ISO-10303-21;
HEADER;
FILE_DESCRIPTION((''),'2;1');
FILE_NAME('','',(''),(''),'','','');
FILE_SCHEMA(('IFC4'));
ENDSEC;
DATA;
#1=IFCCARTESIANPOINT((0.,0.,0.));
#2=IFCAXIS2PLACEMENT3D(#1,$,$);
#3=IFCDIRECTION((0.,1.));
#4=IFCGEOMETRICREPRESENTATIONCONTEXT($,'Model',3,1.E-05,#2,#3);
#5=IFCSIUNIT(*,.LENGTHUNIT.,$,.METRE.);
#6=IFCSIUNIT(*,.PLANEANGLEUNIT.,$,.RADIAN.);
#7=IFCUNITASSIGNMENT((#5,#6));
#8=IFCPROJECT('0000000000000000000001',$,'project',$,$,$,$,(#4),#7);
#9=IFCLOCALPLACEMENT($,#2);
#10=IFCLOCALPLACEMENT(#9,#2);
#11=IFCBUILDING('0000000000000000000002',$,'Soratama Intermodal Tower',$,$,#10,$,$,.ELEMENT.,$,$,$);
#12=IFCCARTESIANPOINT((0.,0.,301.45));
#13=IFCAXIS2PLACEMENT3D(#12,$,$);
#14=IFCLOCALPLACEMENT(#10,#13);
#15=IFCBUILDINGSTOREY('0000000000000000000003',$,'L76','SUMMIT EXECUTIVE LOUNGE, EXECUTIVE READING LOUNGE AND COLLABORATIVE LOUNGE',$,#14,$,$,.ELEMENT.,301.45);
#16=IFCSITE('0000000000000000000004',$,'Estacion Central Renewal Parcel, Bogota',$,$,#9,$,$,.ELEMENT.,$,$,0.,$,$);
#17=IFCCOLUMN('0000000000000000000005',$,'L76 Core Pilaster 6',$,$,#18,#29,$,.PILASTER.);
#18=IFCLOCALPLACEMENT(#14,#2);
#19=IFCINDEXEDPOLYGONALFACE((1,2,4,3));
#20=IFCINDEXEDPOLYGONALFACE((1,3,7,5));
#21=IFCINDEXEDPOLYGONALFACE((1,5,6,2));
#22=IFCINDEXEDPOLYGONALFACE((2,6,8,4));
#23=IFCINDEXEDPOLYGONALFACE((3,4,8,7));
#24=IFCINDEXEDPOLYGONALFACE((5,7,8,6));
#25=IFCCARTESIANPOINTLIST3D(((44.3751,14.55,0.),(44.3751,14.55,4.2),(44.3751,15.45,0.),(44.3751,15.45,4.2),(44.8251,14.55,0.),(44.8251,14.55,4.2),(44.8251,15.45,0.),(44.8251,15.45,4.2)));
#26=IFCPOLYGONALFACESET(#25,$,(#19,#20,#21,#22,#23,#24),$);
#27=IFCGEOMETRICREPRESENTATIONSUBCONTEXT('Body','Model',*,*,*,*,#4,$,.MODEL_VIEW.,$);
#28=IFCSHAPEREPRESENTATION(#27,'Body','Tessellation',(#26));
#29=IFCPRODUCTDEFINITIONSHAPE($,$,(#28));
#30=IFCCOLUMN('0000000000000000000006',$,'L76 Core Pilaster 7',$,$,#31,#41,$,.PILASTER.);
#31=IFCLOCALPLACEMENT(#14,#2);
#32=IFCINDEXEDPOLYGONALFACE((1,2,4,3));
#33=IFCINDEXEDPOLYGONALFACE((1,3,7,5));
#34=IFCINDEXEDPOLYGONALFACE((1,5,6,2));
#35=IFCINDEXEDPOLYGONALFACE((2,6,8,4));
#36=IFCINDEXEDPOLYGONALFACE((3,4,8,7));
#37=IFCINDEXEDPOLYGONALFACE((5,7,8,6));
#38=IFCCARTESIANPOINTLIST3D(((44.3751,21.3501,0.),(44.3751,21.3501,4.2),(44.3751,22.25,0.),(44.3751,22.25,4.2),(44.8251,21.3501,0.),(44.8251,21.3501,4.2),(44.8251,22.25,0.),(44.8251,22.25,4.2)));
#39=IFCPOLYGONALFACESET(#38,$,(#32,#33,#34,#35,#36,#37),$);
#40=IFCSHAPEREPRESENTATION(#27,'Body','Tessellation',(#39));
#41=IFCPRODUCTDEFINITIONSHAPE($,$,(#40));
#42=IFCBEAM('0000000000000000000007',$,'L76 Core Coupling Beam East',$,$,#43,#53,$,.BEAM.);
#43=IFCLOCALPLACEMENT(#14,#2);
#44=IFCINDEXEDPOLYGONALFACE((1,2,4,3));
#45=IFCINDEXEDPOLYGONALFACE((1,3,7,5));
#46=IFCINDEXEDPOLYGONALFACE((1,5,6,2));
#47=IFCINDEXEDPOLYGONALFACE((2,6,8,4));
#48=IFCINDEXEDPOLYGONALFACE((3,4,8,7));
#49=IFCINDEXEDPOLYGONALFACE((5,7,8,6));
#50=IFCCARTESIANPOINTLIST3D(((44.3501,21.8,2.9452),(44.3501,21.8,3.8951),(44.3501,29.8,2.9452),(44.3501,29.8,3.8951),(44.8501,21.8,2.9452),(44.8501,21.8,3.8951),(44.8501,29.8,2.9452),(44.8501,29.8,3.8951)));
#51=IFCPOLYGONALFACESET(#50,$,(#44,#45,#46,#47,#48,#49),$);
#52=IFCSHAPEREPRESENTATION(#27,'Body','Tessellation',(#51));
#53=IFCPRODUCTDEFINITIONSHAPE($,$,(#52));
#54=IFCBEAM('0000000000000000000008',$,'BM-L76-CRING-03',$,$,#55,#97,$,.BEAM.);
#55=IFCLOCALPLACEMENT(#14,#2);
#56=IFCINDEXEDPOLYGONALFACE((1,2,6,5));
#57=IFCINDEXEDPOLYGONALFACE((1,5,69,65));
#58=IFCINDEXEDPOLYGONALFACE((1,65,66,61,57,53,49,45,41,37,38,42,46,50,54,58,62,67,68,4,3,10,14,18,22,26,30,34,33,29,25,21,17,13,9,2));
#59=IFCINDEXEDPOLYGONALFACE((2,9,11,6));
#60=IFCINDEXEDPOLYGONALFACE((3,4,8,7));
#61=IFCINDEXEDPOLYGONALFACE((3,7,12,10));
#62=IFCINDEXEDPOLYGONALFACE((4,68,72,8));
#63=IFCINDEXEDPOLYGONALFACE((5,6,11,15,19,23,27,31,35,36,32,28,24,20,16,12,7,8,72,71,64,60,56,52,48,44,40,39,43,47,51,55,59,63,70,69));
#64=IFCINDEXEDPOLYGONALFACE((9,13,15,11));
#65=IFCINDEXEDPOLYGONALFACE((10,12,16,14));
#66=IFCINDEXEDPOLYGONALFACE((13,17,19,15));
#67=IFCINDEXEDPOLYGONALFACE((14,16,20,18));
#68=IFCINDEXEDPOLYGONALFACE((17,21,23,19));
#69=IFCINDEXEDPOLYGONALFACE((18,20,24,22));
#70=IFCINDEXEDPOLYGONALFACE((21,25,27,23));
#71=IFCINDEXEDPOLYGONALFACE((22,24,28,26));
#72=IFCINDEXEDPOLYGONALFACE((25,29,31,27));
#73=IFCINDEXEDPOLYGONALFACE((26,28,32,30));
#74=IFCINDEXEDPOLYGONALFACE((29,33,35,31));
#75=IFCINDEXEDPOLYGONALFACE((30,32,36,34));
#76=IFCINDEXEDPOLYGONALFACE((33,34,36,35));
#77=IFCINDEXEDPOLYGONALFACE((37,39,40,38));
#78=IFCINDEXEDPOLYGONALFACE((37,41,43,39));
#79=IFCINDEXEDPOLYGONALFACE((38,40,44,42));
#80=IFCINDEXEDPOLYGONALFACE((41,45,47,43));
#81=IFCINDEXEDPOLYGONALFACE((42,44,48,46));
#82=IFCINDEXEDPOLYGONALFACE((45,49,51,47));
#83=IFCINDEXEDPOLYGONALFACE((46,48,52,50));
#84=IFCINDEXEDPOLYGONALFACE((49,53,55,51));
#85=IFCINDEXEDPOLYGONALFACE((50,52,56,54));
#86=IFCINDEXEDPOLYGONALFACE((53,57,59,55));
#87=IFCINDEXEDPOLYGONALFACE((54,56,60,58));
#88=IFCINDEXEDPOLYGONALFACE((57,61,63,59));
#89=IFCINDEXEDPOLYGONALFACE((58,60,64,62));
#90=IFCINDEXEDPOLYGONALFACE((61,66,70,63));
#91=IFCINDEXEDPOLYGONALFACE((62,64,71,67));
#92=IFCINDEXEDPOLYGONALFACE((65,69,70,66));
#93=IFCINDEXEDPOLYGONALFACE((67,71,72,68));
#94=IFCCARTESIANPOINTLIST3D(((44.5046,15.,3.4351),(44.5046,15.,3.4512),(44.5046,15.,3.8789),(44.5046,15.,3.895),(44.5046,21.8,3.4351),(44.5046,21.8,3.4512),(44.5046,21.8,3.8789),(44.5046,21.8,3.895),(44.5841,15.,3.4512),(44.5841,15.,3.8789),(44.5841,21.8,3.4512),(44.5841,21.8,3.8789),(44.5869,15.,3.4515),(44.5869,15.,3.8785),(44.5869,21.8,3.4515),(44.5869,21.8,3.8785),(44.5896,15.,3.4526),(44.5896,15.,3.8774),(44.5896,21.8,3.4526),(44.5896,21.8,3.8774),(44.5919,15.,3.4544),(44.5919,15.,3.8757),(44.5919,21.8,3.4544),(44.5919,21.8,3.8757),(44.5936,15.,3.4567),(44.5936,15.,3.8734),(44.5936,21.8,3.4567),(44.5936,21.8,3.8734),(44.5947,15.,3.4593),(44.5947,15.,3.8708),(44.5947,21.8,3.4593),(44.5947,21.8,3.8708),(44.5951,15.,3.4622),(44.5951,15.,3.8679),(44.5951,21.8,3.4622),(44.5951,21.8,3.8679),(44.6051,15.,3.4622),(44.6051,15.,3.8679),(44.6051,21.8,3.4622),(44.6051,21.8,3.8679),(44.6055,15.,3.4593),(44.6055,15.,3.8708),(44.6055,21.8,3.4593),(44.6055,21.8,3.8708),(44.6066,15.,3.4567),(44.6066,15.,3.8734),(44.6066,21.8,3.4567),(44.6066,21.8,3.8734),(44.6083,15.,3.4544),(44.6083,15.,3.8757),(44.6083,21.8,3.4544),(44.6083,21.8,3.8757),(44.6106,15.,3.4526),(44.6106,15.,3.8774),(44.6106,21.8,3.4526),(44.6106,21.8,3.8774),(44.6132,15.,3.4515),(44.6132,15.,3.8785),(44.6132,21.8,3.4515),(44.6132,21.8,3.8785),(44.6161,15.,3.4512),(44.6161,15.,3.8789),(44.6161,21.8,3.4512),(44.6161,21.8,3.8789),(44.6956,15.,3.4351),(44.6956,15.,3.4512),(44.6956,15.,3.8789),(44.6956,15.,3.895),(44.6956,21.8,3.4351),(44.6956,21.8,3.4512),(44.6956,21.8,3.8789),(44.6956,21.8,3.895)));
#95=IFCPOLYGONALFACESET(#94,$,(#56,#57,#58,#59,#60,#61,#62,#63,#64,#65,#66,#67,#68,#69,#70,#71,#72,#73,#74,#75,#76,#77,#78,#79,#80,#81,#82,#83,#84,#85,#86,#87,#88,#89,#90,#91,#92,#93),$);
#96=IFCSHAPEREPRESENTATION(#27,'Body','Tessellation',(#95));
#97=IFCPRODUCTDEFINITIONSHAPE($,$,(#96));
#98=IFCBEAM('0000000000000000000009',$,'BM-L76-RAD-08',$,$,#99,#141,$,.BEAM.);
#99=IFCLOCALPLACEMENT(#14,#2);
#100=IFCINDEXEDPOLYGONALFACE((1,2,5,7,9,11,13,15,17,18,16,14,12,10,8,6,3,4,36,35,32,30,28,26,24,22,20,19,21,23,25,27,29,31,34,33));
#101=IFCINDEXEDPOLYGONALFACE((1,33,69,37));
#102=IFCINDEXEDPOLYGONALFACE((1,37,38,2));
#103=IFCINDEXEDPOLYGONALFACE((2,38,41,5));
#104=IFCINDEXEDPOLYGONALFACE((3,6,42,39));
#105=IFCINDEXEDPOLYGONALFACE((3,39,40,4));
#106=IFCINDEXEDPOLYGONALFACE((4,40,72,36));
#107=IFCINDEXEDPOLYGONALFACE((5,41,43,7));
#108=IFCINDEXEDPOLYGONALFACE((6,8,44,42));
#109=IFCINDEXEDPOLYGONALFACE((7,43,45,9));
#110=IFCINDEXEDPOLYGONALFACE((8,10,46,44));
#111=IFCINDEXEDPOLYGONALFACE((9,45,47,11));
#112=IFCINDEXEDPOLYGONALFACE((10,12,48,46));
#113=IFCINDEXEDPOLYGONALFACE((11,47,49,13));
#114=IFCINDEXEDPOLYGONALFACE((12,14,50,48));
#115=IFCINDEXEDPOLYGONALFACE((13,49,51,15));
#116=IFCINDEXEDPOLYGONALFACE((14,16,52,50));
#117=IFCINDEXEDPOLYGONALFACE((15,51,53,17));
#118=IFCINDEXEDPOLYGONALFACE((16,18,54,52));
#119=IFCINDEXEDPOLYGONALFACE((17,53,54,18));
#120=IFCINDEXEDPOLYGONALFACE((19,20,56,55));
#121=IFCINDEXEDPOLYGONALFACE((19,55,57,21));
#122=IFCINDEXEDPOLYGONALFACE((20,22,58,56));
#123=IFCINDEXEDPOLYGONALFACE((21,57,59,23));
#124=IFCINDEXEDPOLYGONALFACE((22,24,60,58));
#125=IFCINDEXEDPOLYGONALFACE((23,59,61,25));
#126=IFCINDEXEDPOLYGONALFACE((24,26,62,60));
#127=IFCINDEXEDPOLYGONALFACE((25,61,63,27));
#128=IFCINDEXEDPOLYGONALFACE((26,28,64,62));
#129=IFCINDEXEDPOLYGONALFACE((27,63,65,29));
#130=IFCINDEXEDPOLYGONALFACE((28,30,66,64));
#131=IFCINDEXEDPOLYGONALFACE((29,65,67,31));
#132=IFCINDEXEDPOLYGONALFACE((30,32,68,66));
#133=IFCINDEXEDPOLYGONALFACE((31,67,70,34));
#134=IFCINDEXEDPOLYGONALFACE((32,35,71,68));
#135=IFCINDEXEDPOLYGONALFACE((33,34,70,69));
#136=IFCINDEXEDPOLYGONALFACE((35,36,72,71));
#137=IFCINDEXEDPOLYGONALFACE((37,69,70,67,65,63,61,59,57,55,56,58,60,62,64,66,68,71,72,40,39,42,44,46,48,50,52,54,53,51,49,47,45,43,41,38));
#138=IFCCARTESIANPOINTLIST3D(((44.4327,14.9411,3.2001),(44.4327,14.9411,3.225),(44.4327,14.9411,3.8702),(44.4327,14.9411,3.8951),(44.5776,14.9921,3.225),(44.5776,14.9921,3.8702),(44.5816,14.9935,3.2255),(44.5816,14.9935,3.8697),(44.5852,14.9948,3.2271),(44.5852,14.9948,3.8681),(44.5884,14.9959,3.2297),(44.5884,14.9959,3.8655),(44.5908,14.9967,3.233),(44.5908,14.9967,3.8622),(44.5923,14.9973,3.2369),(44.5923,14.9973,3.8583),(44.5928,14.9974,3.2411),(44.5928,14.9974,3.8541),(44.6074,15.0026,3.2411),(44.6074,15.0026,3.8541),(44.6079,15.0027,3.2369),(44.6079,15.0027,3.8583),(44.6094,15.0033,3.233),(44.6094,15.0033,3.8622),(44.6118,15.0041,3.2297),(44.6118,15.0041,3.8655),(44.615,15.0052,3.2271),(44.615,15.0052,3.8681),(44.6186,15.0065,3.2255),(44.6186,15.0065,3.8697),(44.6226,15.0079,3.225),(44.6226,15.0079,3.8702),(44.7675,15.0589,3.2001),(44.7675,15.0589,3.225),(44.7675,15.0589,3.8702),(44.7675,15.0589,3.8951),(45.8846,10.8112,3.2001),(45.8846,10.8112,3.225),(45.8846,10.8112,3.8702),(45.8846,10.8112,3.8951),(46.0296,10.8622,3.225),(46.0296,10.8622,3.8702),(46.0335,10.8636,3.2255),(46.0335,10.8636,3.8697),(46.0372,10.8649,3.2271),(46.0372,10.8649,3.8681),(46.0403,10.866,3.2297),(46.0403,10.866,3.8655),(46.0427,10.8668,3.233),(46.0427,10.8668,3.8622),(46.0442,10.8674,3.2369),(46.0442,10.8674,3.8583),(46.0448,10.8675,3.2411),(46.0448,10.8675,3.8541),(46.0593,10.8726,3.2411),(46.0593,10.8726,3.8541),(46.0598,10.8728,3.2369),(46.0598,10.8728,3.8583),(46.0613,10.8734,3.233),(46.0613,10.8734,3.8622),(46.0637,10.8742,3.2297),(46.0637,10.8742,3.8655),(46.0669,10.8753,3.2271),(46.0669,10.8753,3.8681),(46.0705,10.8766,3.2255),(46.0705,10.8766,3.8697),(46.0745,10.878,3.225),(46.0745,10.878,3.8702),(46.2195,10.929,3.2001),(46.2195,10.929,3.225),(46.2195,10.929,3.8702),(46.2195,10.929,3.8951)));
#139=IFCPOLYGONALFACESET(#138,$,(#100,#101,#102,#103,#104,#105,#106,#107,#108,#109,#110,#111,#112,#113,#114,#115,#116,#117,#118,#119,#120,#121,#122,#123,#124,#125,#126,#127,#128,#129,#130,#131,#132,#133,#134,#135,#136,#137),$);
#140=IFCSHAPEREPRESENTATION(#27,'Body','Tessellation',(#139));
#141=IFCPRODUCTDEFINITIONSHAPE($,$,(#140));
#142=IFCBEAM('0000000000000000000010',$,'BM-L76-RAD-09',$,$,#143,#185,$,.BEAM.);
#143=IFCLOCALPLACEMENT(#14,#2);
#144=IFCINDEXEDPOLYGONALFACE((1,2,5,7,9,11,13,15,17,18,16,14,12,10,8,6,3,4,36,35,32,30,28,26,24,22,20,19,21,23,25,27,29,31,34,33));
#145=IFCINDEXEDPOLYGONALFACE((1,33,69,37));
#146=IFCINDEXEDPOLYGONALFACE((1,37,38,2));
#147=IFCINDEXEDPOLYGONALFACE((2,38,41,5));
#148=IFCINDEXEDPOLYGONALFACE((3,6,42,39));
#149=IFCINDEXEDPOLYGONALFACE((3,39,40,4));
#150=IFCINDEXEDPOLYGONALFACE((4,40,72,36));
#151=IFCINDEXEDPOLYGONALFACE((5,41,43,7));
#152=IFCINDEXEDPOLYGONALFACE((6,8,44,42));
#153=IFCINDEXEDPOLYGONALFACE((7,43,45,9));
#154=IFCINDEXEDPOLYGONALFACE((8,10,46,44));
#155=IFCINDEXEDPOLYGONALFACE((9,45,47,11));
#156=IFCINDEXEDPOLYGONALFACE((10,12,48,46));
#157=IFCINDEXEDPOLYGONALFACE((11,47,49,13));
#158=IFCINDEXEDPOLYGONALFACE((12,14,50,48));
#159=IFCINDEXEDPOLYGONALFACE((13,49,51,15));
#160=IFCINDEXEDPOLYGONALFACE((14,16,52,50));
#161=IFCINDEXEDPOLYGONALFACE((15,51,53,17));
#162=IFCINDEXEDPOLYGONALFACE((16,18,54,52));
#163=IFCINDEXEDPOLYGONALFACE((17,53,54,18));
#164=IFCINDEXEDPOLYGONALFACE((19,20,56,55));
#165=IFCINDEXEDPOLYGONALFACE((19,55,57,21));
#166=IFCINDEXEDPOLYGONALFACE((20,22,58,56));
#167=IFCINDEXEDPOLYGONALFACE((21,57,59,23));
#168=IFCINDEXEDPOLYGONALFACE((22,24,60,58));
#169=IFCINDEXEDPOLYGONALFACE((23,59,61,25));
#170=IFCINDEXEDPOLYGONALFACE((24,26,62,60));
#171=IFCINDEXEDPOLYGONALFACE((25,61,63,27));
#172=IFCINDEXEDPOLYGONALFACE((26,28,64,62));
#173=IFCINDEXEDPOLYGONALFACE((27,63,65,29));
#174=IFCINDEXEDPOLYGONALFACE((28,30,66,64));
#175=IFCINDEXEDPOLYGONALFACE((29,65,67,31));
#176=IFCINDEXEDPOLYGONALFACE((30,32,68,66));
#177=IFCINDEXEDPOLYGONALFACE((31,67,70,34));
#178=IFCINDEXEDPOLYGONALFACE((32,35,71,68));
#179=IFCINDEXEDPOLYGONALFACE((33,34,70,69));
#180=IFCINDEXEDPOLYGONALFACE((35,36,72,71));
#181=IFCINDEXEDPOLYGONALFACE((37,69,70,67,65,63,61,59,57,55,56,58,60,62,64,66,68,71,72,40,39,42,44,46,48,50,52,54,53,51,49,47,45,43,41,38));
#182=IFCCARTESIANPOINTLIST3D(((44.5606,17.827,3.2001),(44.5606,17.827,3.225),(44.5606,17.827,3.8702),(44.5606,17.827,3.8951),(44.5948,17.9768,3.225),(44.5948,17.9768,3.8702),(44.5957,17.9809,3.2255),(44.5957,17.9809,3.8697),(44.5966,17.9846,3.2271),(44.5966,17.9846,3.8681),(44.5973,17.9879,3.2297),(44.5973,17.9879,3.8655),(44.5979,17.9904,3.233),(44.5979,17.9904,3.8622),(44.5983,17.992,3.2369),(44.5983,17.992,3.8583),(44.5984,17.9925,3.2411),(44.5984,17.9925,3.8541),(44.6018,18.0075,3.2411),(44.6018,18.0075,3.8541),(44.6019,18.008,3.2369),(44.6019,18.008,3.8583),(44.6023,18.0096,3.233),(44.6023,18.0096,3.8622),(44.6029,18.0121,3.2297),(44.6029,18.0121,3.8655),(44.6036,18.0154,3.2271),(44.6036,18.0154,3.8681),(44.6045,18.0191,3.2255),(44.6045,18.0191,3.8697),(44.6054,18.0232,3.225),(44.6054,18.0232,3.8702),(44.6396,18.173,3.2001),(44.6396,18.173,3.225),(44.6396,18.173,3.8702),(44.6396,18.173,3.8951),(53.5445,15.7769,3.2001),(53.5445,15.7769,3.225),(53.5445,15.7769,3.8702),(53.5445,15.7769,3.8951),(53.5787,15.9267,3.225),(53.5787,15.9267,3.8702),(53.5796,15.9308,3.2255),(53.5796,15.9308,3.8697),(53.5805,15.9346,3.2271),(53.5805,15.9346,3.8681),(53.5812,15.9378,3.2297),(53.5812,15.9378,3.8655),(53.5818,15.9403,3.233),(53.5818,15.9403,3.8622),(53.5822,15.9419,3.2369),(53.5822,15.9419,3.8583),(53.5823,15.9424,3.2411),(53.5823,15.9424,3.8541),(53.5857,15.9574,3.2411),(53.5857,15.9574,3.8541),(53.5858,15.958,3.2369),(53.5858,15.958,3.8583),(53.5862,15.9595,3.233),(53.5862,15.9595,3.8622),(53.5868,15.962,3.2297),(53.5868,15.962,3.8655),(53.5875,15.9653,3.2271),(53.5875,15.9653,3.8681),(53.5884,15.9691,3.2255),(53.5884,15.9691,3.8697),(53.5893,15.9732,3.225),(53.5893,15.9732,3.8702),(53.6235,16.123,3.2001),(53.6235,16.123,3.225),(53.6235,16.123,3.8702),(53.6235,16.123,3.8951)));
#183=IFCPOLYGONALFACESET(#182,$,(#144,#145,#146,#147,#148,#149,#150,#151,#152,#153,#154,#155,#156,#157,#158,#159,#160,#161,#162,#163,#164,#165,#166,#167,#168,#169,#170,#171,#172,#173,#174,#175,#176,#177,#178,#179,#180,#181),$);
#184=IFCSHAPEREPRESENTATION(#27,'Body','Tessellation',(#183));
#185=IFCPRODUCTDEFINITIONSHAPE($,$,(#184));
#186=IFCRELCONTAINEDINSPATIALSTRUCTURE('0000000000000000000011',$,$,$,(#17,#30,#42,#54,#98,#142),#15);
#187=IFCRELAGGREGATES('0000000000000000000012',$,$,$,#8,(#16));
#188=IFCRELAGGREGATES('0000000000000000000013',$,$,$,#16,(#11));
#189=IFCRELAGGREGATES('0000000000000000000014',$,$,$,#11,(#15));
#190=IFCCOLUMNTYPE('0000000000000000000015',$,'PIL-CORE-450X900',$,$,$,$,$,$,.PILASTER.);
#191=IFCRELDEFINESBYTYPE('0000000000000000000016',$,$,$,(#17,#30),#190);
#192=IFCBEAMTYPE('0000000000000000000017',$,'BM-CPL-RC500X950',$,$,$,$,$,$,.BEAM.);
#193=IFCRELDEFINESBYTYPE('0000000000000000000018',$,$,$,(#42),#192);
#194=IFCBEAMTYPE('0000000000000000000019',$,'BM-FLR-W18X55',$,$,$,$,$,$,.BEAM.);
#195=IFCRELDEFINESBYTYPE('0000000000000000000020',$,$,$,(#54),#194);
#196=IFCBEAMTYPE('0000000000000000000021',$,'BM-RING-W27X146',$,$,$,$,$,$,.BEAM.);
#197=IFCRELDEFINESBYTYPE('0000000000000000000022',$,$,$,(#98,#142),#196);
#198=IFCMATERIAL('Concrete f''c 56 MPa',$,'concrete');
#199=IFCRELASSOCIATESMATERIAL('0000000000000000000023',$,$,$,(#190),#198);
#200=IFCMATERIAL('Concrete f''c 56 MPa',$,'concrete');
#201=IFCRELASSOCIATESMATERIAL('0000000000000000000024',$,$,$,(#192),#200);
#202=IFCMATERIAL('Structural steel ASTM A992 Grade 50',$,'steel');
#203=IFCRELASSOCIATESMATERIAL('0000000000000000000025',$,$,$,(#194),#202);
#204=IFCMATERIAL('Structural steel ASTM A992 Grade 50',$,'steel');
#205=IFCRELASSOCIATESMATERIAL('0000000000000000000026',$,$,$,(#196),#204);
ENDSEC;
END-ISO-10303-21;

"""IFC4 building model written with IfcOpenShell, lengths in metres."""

from ifc_helpers import new_model, si_unit, direction, frame, origin, origin_2d, place, context, subcontext, project, spatial, rectangle, i_section, extrude, material, material_profile, profile_set, type_object, element, save


model = new_model("IFC4")

# Units and contexts
model_context = context("Model", 3, precision=1e-05, world=origin(), true_north=direction((0.0, 1.0)))
body_context = subcontext(model_context, "Body", "Model", "MODEL_VIEW")
ifc_project = project(units=[si_unit("LENGTHUNIT", "METRE"), si_unit("PLANEANGLEUNIT", "RADIAN")], contexts=[model_context])

# Site, building, storey
site_placement = place(None, origin())
site = spatial("IfcSite", under=ifc_project, at=site_placement, Name="Estacion Central Renewal Parcel, Bogota", CompositionType="ELEMENT", RefElevation=0.0)
building_placement = place(site_placement, origin())
building = spatial("IfcBuilding", under=site, at=building_placement, Name="Soratama Intermodal Tower", CompositionType="ELEMENT")
storey_placement = place(building_placement, frame((0.0, 0.0, 301.45)))
storey = spatial("IfcBuildingStorey", under=building, at=storey_placement, Name="L76", Description="SUMMIT EXECUTIVE LOUNGE, EXECUTIVE READING LOUNGE AND COLLABORATIVE LOUNGE", CompositionType="ELEMENT", Elevation=301.45)

# Columns
ifc_material_1 = material(Name="Concrete f'c 56 MPa", Category="concrete")
ifc_material_profile_1 = material_profile(ifc_material_1, rectangle(XDim=0.45, YDim=0.8999, at=origin_2d()), Name="RC450X900")
ifc_profile_set_1 = profile_set([ifc_material_profile_1], Name="Concrete f'c 56 MPa")
column_type = type_object("IfcColumnType", Name="PIL-CORE-450X900", PredefinedType="PILASTER", material=ifc_profile_set_1)
for number, where, z_axis, x_axis, name in (
    (1, (44.6001, 15.0, 0.0), (0.0, 0.0, 1.0), (1.0, 0.0, 0.0), "L76 Core Pilaster 6"),
    (2, (44.6001, 21.8, 0.0), (0.0, 0.0, 1.0), (1.0, 0.0, 0.0), "L76 Core Pilaster 7"),
):
    element("IfcColumn", number, at=place(storey_placement, frame(where, z_axis=z_axis, x_axis=x_axis)), inside=storey, type_object=column_type, Name=name, PredefinedType="PILASTER", context=body_context, shape_type="SweptSolid", body=[
        extrude(rectangle(XDim=0.45, YDim=0.8999, at=origin_2d()), origin(), (0.0, 0.0, 1.0), 4.2),
    ])

# Beams
ifc_material_2 = material(Name="Concrete f'c 56 MPa", Category="concrete")
ifc_material_profile_2 = material_profile(ifc_material_2, rectangle(XDim=0.5, YDim=0.95, at=origin_2d()), Name="RC500X950")
ifc_profile_set_2 = profile_set([ifc_material_profile_2], Name="Concrete f'c 56 MPa")
beam_type_1 = type_object("IfcBeamType", Name="BM-CPL-RC500X950", PredefinedType="BEAM", material=ifc_profile_set_2)
beam_1_placement = place(storey_placement, frame((44.6001, 21.8, 3.4202), z_axis=(0.0, 1.0, 0.0), x_axis=(-1.0, 0.0, 0.0)))
element("IfcBeam", 3, at=beam_1_placement, inside=storey, type_object=beam_type_1, Name="L76 Core Coupling Beam East", PredefinedType="BEAM", context=body_context, shape_type="SweptSolid", body=[
    extrude(rectangle(XDim=0.5, YDim=0.95, at=origin_2d()), origin(), (0.0, 0.0, 1.0), 8.0),
])
ifc_material_3 = material(Name="Structural steel ASTM A992 Grade 50", Category="steel")
ifc_material_profile_3 = material_profile(ifc_material_3, i_section(OverallWidth=0.1909, OverallDepth=0.46, WebThickness=0.01, FlangeThickness=0.0161, FilletRadius=0.011, at=origin_2d()), Name="W18X55")
ifc_profile_set_3 = profile_set([ifc_material_profile_3], Name="Structural steel ASTM A992 Grade 50")
beam_type_2 = type_object("IfcBeamType", Name="BM-FLR-W18X55", PredefinedType="BEAM", material=ifc_profile_set_3)
beam_2_placement = place(storey_placement, frame((44.6001, 15.0, 3.665), z_axis=(0.0, 1.0, 0.0), x_axis=(-1.0, 0.0, 0.0)))
element("IfcBeam", 4, at=beam_2_placement, inside=storey, type_object=beam_type_2, Name="BM-L76-CRING-03", PredefinedType="BEAM", context=body_context, shape_type="SweptSolid", body=[
    extrude(i_section(OverallWidth=0.1909, OverallDepth=0.46, WebThickness=0.01, FlangeThickness=0.0161, FilletRadius=0.011, at=origin_2d()), origin(), (0.0, 0.0, 1.0), 6.8),
])
ifc_material_4 = material(Name="Structural steel ASTM A992 Grade 50", Category="steel")
ifc_material_profile_4 = material_profile(ifc_material_4, i_section(OverallWidth=0.355, OverallDepth=0.6951, WebThickness=0.0154, FlangeThickness=0.0249, FilletRadius=0.0161, at=origin_2d()), Name="W27X146")
ifc_profile_set_4 = profile_set([ifc_material_profile_4], Name="Structural steel ASTM A992 Grade 50")
beam_type_3 = type_object("IfcBeamType", Name="BM-RING-W27X146", PredefinedType="BEAM", material=ifc_profile_set_4)
beam_3_placement = place(storey_placement, frame((44.6001, 15.0, 3.5476), z_axis=(0.331662, -0.943398, 0.0), x_axis=(0.943398, 0.331662, 0.0)))
element("IfcBeam", 5, at=beam_3_placement, inside=storey, type_object=beam_type_3, Name="BM-L76-RAD-08", PredefinedType="BEAM", context=body_context, shape_type="SweptSolid", body=[
    extrude(i_section(OverallWidth=0.355, OverallDepth=0.6951, WebThickness=0.0154, FlangeThickness=0.0249, FilletRadius=0.0161, at=origin_2d()), origin(), (0.0, 0.0, 1.0), 4.3777),
])
beam_4_placement = place(storey_placement, frame((44.6001, 18.0, 3.5476), z_axis=(0.974939, -0.222473, 0.0), x_axis=(0.222473, 0.974939, 0.0)))
element("IfcBeam", 6, at=beam_4_placement, inside=storey, type_object=beam_type_3, Name="BM-L76-RAD-09", PredefinedType="BEAM", context=body_context, shape_type="SweptSolid", body=[
    extrude(i_section(OverallWidth=0.355, OverallDepth=0.6951, WebThickness=0.0154, FlangeThickness=0.0249, FilletRadius=0.0161, at=origin_2d()), origin(), (0.0, 0.0, 1.0), 9.2148),
])

save(model, "model.ifc")
